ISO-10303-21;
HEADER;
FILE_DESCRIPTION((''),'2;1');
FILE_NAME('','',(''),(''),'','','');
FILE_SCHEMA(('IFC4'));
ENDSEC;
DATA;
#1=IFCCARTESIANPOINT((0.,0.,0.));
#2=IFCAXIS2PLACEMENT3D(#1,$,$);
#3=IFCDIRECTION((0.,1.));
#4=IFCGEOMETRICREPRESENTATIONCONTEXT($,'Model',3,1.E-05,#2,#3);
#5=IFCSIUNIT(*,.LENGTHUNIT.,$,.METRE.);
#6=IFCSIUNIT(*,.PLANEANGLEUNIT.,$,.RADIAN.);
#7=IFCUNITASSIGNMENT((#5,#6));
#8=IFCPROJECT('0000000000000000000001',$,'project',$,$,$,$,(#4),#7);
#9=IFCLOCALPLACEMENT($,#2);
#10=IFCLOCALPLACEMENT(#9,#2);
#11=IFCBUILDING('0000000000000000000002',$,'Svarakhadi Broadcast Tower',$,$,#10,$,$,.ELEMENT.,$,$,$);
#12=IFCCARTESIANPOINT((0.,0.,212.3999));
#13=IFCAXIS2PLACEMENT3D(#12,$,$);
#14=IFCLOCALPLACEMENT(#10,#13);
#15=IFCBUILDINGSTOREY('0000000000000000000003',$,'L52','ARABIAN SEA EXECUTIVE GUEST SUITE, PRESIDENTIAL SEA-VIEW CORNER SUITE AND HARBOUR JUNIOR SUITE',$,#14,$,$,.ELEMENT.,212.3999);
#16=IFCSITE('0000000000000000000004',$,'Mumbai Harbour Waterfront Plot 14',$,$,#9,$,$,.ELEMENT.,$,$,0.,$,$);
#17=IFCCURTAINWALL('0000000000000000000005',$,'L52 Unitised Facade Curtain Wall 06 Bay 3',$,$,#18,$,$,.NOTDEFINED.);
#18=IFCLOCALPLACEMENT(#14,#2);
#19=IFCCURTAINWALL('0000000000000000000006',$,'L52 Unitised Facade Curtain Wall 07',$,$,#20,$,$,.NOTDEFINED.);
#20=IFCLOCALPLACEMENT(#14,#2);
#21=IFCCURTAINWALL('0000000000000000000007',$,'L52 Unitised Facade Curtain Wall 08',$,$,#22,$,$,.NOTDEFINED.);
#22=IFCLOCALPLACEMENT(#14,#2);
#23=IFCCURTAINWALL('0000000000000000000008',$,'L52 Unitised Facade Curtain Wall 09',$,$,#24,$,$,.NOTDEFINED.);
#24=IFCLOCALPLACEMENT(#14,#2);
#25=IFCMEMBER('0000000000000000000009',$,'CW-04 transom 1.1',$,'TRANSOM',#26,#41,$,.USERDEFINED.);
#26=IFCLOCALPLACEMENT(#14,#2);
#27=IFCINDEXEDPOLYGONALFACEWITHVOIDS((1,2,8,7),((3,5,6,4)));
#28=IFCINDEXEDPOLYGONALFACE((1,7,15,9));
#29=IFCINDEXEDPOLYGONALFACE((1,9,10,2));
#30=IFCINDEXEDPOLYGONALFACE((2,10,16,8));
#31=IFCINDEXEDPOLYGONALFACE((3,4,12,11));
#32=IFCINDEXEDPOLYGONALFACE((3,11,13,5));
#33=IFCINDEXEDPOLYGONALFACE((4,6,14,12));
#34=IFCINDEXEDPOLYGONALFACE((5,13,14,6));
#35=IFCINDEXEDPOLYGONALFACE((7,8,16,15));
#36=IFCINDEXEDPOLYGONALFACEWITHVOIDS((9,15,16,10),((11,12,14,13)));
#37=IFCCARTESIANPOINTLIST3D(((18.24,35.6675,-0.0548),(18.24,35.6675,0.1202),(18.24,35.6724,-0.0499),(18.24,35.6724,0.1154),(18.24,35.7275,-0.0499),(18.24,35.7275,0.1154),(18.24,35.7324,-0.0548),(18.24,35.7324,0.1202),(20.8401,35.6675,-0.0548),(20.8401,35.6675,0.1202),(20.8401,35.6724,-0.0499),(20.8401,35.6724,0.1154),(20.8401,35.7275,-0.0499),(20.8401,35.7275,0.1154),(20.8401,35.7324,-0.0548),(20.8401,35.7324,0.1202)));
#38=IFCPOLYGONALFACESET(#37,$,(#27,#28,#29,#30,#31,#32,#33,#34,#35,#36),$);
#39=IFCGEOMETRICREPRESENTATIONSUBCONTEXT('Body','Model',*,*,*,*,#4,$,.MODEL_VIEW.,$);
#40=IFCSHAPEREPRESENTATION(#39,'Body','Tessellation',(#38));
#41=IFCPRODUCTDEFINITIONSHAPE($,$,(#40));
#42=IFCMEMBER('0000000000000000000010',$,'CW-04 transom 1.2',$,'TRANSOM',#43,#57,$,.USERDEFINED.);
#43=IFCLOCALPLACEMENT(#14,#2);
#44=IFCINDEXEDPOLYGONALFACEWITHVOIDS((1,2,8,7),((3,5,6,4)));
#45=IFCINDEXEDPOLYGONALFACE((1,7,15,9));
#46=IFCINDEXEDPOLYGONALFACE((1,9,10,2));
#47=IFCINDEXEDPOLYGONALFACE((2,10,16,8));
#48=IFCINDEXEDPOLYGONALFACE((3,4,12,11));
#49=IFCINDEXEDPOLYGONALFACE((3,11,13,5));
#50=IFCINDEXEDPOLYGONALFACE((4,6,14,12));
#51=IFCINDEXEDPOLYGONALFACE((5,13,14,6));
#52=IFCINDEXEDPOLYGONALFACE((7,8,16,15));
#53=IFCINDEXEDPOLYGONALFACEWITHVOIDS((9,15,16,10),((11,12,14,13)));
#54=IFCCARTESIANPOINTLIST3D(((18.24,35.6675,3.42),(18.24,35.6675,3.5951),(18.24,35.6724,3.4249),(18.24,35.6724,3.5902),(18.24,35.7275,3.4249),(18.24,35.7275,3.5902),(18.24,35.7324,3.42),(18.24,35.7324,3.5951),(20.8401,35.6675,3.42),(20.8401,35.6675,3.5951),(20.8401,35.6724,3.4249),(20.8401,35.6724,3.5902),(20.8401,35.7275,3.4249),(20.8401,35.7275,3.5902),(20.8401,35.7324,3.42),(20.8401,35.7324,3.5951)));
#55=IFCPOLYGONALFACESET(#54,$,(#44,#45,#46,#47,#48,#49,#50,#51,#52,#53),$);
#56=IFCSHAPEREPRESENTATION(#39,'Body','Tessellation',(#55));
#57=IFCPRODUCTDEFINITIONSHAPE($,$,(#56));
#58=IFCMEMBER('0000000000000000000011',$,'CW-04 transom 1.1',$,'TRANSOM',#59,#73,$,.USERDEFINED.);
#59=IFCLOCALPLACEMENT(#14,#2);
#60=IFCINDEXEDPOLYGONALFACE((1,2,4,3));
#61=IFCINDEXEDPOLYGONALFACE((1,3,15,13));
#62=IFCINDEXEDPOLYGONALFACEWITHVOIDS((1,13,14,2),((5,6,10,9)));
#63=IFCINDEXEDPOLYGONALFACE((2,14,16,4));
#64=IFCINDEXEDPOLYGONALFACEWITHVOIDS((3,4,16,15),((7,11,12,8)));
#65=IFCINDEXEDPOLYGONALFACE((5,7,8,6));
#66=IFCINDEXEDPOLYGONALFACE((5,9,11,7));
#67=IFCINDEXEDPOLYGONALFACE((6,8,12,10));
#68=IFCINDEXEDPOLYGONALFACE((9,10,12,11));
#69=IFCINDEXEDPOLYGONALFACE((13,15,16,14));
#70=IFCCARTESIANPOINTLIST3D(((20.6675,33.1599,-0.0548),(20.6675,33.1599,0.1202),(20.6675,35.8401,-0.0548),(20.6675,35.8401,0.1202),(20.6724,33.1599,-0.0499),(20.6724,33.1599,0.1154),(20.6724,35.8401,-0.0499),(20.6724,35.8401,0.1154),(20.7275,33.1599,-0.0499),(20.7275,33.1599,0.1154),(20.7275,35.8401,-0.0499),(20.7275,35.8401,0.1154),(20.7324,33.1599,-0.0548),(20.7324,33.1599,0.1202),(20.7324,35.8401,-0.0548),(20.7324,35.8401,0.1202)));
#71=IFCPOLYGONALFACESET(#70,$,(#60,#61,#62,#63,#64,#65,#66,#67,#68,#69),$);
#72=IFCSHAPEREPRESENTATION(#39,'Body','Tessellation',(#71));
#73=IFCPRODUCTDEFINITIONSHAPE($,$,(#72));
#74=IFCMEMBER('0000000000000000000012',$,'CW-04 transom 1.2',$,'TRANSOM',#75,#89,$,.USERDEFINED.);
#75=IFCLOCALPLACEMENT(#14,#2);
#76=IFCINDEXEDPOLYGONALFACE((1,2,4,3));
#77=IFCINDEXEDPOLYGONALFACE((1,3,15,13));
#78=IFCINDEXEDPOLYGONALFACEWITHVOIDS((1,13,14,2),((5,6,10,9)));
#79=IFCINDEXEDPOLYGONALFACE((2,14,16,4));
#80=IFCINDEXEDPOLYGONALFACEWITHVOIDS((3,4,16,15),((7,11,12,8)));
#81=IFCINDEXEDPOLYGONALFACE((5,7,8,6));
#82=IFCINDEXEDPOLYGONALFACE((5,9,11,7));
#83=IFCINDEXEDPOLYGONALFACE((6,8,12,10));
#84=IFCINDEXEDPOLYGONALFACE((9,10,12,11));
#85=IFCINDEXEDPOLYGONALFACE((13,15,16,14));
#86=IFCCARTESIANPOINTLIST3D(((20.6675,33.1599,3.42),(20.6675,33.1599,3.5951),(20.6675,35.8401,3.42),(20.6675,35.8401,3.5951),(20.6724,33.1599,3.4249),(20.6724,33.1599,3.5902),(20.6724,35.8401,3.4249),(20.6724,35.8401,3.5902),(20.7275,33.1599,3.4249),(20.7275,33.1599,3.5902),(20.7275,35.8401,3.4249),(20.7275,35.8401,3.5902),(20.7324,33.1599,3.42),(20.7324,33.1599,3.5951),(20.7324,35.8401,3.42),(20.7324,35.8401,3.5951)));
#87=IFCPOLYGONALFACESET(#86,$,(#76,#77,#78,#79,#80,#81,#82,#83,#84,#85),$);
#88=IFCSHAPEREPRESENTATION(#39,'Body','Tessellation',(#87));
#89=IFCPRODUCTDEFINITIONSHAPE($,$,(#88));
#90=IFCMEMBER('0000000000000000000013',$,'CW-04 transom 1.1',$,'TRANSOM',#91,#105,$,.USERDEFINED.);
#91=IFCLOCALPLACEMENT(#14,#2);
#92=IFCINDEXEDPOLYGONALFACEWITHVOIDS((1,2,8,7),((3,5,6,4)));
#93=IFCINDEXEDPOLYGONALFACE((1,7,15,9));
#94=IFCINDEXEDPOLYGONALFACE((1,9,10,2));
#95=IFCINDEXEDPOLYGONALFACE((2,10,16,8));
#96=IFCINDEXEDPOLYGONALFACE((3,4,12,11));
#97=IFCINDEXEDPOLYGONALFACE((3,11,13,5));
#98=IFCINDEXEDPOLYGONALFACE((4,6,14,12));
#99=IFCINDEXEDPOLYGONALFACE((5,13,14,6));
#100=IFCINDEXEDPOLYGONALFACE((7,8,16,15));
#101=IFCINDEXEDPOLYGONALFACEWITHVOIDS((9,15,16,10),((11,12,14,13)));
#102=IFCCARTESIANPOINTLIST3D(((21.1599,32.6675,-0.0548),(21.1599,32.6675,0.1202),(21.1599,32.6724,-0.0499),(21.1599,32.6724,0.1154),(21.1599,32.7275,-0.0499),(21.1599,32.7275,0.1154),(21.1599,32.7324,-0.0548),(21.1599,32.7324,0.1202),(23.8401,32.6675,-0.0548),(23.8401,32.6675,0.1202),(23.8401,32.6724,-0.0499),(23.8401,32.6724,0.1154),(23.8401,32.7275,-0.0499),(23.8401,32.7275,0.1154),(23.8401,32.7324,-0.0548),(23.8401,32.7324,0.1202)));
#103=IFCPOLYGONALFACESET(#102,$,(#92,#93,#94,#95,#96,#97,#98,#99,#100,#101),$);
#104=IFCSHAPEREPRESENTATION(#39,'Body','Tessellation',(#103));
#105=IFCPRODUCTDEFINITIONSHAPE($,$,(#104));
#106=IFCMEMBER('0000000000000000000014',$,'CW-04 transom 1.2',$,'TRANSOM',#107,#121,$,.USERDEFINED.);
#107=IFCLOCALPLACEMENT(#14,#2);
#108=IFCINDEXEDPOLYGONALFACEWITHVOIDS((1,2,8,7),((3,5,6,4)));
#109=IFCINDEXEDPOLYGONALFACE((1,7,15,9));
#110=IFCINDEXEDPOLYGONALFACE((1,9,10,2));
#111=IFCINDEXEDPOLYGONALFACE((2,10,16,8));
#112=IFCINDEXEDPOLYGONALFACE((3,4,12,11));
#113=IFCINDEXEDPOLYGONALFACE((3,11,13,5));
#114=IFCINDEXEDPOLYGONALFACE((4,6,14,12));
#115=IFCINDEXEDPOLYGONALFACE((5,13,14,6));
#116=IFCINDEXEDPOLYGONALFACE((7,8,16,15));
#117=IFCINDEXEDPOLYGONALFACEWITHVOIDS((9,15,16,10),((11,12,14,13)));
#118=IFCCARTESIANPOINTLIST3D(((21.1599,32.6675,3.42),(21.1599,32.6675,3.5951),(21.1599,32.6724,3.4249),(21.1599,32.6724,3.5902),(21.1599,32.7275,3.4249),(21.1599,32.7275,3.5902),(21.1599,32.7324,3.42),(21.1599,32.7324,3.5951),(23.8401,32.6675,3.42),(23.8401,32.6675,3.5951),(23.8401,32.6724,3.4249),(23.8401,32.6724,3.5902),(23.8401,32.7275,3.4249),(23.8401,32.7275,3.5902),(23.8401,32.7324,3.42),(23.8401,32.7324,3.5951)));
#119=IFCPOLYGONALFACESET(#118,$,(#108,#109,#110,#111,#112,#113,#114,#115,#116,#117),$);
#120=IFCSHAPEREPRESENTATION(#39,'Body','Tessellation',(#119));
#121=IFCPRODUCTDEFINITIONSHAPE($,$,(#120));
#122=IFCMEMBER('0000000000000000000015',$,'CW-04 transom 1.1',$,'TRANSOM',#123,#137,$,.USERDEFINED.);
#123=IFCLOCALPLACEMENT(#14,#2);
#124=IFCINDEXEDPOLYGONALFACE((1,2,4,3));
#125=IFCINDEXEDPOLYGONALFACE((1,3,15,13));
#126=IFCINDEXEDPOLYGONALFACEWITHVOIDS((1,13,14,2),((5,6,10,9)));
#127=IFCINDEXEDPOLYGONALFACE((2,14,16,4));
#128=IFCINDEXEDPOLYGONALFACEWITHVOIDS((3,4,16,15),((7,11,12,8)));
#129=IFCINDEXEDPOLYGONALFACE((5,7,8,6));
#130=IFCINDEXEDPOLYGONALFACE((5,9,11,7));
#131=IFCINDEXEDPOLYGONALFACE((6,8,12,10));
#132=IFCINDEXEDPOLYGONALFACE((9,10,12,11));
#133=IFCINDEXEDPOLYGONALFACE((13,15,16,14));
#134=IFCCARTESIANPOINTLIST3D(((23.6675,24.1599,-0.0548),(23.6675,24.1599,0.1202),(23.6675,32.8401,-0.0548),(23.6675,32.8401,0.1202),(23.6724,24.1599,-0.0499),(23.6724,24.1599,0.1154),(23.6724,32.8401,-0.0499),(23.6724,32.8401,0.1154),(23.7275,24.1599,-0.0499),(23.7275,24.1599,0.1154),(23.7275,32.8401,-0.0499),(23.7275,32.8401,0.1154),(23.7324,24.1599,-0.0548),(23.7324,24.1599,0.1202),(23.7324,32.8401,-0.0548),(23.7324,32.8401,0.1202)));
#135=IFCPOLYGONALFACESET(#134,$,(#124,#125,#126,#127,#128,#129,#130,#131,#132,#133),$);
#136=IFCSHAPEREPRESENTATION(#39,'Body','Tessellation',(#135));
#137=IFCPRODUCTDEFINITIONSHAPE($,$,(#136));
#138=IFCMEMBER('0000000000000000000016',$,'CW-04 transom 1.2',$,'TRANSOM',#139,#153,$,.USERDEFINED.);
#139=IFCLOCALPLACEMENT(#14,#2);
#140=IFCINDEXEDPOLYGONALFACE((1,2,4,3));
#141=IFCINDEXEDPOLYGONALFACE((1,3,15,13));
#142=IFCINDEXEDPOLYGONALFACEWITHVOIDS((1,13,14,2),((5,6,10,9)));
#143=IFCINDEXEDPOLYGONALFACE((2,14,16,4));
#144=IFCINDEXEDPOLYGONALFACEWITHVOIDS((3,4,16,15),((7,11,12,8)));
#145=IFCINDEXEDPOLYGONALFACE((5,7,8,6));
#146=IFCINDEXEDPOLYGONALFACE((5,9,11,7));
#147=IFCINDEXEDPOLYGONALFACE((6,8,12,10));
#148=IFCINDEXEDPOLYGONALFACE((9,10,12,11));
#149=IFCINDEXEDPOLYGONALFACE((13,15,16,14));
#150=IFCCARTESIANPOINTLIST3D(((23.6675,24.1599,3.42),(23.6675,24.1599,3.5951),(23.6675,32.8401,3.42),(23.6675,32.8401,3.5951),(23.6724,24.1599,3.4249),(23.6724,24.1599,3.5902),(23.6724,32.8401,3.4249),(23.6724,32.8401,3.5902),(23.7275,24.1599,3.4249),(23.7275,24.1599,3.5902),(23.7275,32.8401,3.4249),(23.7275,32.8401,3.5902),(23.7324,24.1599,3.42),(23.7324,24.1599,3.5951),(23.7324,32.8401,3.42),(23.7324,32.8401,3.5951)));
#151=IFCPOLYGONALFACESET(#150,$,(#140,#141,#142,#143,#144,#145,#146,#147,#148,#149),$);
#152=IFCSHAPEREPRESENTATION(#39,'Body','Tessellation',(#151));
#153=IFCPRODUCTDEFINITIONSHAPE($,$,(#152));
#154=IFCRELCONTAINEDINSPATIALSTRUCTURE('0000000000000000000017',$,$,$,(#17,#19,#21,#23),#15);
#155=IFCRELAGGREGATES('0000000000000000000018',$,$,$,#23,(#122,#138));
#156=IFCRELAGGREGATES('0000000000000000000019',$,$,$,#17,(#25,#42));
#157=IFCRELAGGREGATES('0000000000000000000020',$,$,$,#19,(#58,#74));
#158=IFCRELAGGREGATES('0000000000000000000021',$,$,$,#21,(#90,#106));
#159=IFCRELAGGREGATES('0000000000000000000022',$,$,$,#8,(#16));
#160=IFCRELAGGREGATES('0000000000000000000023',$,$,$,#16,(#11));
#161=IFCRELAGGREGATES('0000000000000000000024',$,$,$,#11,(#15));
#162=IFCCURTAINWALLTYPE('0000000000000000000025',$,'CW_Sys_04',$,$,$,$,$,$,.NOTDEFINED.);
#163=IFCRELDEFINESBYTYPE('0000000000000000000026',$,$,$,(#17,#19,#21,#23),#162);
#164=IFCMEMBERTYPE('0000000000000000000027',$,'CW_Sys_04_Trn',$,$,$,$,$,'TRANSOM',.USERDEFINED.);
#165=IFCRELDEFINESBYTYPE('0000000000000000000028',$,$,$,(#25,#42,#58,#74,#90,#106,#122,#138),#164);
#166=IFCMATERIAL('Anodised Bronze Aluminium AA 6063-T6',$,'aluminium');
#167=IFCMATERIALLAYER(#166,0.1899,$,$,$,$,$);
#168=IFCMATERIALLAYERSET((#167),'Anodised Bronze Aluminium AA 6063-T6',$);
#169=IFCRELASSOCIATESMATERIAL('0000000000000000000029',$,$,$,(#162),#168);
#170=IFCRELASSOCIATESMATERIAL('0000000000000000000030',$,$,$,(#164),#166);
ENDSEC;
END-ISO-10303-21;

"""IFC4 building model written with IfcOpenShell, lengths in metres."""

from ifc_helpers import new_model, si_unit, direction, frame, origin, origin_2d, place, context, subcontext, project, spatial, hollow_rectangle, extrude, material, layer, layer_set, material_profile, profile_set, type_object, element, aggregate, save


model = new_model("IFC4")

# Units and contexts
model_context = context("Model", 3, precision=1e-05, world=origin(), true_north=direction((0.0, 1.0)))
body_context = subcontext(model_context, "Body", "Model", "MODEL_VIEW")
ifc_project = project(units=[si_unit("LENGTHUNIT", "METRE"), si_unit("PLANEANGLEUNIT", "RADIAN")], contexts=[model_context])

# Site, building, storey
site_placement = place(None, origin())
site = spatial("IfcSite", under=ifc_project, at=site_placement, Name="Mumbai Harbour Waterfront Plot 14", CompositionType="ELEMENT", RefElevation=0.0)
building_placement = place(site_placement, origin())
building = spatial("IfcBuilding", under=site, at=building_placement, Name="Svarakhadi Broadcast Tower", CompositionType="ELEMENT")
storey_placement = place(building_placement, frame((0.0, 0.0, 212.3999)))
storey = spatial("IfcBuildingStorey", under=building, at=storey_placement, Name="L52", Description="ARABIAN SEA EXECUTIVE GUEST SUITE, PRESIDENTIAL SEA-VIEW CORNER SUITE AND HARBOUR JUNIOR SUITE", CompositionType="ELEMENT", Elevation=212.3999)

# Shared definitions
ifc_material_1 = material(Name="Anodised Bronze Aluminium AA 6063-T6", Category="aluminium")
ifc_layer_1 = layer(ifc_material_1, 0.1899)
ifc_layer_set_1 = layer_set([ifc_layer_1], Name="Anodised Bronze Aluminium AA 6063-T6")
curtain_wall_type = type_object("IfcCurtainWallType", Name="CW_Sys_04", PredefinedType="NOTDEFINED", material=ifc_layer_set_1)

# Curtain walls
curtain_wall_1_placement = place(storey_placement, origin())
curtain_wall_1 = element("IfcCurtainWall", 1, at=curtain_wall_1_placement, inside=storey, type_object=curtain_wall_type, Name="L52 Unitised Facade Curtain Wall 06 Bay 3", PredefinedType="NOTDEFINED")
curtain_wall_2_placement = place(storey_placement, origin())
curtain_wall_2 = element("IfcCurtainWall", 2, at=curtain_wall_2_placement, inside=storey, type_object=curtain_wall_type, Name="L52 Unitised Facade Curtain Wall 07", PredefinedType="NOTDEFINED")
curtain_wall_3_placement = place(storey_placement, origin())
curtain_wall_3 = element("IfcCurtainWall", 3, at=curtain_wall_3_placement, inside=storey, type_object=curtain_wall_type, Name="L52 Unitised Facade Curtain Wall 08", PredefinedType="NOTDEFINED")

# Curtain wall
curtain_wall_4_placement = place(storey_placement, origin())
curtain_wall_4 = element("IfcCurtainWall", 4, at=curtain_wall_4_placement, inside=storey, type_object=curtain_wall_type, Name="L52 Unitised Facade Curtain Wall 09", PredefinedType="NOTDEFINED")

# Members
ifc_material_profile_1 = material_profile(ifc_material_1, hollow_rectangle(XDim=0.0649, YDim=0.175, WallThickness=0.0049, at=origin_2d()), Name="ALU TRANSOM 175x65x5")
ifc_profile_set_1 = profile_set([ifc_material_profile_1], Name="Anodised Bronze Aluminium AA 6063-T6")
member_type_1 = type_object("IfcMemberType", Name="CW_Sys_04_Trn", ElementType="TRANSOM", PredefinedType="USERDEFINED", material=ifc_profile_set_1)
member_1_placement = place(storey_placement, frame((18.24, 35.7, 0.0327), z_axis=(1.0, 0.0, 0.0), x_axis=(0.0, 1.0, 0.0)))
member_1 = element("IfcMember", 5, at=member_1_placement, type_object=member_type_1, Name="CW-04 transom 1.1", ObjectType="TRANSOM", PredefinedType="USERDEFINED", context=body_context, shape_type="SweptSolid", body=[
    extrude(hollow_rectangle(XDim=0.0649, YDim=0.175, WallThickness=0.0049, at=origin_2d()), origin(), (0.0, 0.0, 1.0), 2.6001),
])
member_2_placement = place(storey_placement, frame((18.24, 35.7, 3.5076), z_axis=(1.0, 0.0, 0.0), x_axis=(0.0, 1.0, 0.0)))
member_2 = element("IfcMember", 6, at=member_2_placement, type_object=member_type_1, Name="CW-04 transom 1.2", ObjectType="TRANSOM", PredefinedType="USERDEFINED", context=body_context, shape_type="SweptSolid", body=[
    extrude(hollow_rectangle(XDim=0.0649, YDim=0.175, WallThickness=0.0049, at=origin_2d()), origin(), (0.0, 0.0, 1.0), 2.6001),
])
member_3_placement = place(storey_placement, frame((20.7, 35.8401, 0.0327), z_axis=(0.0, -1.0, 0.0), x_axis=(1.0, 0.0, 0.0)))
member_3 = element("IfcMember", 7, at=member_3_placement, type_object=member_type_1, Name="CW-04 transom 1.1", ObjectType="TRANSOM", PredefinedType="USERDEFINED", context=body_context, shape_type="SweptSolid", body=[
    extrude(hollow_rectangle(XDim=0.0649, YDim=0.175, WallThickness=0.0049, at=origin_2d()), origin(), (0.0, 0.0, 1.0), 2.6802),
])
member_4_placement = place(storey_placement, frame((20.7, 35.8401, 3.5076), z_axis=(0.0, -1.0, 0.0), x_axis=(1.0, 0.0, 0.0)))
member_4 = element("IfcMember", 8, at=member_4_placement, type_object=member_type_1, Name="CW-04 transom 1.2", ObjectType="TRANSOM", PredefinedType="USERDEFINED", context=body_context, shape_type="SweptSolid", body=[
    extrude(hollow_rectangle(XDim=0.0649, YDim=0.175, WallThickness=0.0049, at=origin_2d()), origin(), (0.0, 0.0, 1.0), 2.6802),
])
member_5_placement = place(storey_placement, frame((21.1599, 32.7, 0.0327), z_axis=(1.0, 0.0, 0.0), x_axis=(0.0, 1.0, 0.0)))
member_5 = element("IfcMember", 9, at=member_5_placement, type_object=member_type_1, Name="CW-04 transom 1.1", ObjectType="TRANSOM", PredefinedType="USERDEFINED", context=body_context, shape_type="SweptSolid", body=[
    extrude(hollow_rectangle(XDim=0.0649, YDim=0.175, WallThickness=0.0049, at=origin_2d()), origin(), (0.0, 0.0, 1.0), 2.6802),
])
member_6_placement = place(storey_placement, frame((21.1599, 32.7, 3.5076), z_axis=(1.0, 0.0, 0.0), x_axis=(0.0, 1.0, 0.0)))
member_6 = element("IfcMember", 10, at=member_6_placement, type_object=member_type_1, Name="CW-04 transom 1.2", ObjectType="TRANSOM", PredefinedType="USERDEFINED", context=body_context, shape_type="SweptSolid", body=[
    extrude(hollow_rectangle(XDim=0.0649, YDim=0.175, WallThickness=0.0049, at=origin_2d()), origin(), (0.0, 0.0, 1.0), 2.6802),
])
member_7_placement = place(storey_placement, frame((23.7, 32.8401, 0.0327), z_axis=(0.0, -1.0, 0.0), x_axis=(1.0, 0.0, 0.0)))
member_7 = element("IfcMember", 11, at=member_7_placement, type_object=member_type_1, Name="CW-04 transom 1.1", ObjectType="TRANSOM", PredefinedType="USERDEFINED", context=body_context, shape_type="SweptSolid", body=[
    extrude(hollow_rectangle(XDim=0.0649, YDim=0.175, WallThickness=0.0049, at=origin_2d()), origin(), (0.0, 0.0, 1.0), 8.6802),
])
member_8_placement = place(storey_placement, frame((23.7, 32.8401, 3.5076), z_axis=(0.0, -1.0, 0.0), x_axis=(1.0, 0.0, 0.0)))
member_8 = element("IfcMember", 12, at=member_8_placement, type_object=member_type_1, Name="CW-04 transom 1.2", ObjectType="TRANSOM", PredefinedType="USERDEFINED", context=body_context, shape_type="SweptSolid", body=[
    extrude(hollow_rectangle(XDim=0.0649, YDim=0.175, WallThickness=0.0049, at=origin_2d()), origin(), (0.0, 0.0, 1.0), 8.6802),
])
aggregate(curtain_wall_4, [member_7, member_8])

aggregate(curtain_wall_1, [member_1, member_2])
aggregate(curtain_wall_2, [member_3, member_4])
aggregate(curtain_wall_3, [member_5, member_6])

save(model, "model.ifc")
